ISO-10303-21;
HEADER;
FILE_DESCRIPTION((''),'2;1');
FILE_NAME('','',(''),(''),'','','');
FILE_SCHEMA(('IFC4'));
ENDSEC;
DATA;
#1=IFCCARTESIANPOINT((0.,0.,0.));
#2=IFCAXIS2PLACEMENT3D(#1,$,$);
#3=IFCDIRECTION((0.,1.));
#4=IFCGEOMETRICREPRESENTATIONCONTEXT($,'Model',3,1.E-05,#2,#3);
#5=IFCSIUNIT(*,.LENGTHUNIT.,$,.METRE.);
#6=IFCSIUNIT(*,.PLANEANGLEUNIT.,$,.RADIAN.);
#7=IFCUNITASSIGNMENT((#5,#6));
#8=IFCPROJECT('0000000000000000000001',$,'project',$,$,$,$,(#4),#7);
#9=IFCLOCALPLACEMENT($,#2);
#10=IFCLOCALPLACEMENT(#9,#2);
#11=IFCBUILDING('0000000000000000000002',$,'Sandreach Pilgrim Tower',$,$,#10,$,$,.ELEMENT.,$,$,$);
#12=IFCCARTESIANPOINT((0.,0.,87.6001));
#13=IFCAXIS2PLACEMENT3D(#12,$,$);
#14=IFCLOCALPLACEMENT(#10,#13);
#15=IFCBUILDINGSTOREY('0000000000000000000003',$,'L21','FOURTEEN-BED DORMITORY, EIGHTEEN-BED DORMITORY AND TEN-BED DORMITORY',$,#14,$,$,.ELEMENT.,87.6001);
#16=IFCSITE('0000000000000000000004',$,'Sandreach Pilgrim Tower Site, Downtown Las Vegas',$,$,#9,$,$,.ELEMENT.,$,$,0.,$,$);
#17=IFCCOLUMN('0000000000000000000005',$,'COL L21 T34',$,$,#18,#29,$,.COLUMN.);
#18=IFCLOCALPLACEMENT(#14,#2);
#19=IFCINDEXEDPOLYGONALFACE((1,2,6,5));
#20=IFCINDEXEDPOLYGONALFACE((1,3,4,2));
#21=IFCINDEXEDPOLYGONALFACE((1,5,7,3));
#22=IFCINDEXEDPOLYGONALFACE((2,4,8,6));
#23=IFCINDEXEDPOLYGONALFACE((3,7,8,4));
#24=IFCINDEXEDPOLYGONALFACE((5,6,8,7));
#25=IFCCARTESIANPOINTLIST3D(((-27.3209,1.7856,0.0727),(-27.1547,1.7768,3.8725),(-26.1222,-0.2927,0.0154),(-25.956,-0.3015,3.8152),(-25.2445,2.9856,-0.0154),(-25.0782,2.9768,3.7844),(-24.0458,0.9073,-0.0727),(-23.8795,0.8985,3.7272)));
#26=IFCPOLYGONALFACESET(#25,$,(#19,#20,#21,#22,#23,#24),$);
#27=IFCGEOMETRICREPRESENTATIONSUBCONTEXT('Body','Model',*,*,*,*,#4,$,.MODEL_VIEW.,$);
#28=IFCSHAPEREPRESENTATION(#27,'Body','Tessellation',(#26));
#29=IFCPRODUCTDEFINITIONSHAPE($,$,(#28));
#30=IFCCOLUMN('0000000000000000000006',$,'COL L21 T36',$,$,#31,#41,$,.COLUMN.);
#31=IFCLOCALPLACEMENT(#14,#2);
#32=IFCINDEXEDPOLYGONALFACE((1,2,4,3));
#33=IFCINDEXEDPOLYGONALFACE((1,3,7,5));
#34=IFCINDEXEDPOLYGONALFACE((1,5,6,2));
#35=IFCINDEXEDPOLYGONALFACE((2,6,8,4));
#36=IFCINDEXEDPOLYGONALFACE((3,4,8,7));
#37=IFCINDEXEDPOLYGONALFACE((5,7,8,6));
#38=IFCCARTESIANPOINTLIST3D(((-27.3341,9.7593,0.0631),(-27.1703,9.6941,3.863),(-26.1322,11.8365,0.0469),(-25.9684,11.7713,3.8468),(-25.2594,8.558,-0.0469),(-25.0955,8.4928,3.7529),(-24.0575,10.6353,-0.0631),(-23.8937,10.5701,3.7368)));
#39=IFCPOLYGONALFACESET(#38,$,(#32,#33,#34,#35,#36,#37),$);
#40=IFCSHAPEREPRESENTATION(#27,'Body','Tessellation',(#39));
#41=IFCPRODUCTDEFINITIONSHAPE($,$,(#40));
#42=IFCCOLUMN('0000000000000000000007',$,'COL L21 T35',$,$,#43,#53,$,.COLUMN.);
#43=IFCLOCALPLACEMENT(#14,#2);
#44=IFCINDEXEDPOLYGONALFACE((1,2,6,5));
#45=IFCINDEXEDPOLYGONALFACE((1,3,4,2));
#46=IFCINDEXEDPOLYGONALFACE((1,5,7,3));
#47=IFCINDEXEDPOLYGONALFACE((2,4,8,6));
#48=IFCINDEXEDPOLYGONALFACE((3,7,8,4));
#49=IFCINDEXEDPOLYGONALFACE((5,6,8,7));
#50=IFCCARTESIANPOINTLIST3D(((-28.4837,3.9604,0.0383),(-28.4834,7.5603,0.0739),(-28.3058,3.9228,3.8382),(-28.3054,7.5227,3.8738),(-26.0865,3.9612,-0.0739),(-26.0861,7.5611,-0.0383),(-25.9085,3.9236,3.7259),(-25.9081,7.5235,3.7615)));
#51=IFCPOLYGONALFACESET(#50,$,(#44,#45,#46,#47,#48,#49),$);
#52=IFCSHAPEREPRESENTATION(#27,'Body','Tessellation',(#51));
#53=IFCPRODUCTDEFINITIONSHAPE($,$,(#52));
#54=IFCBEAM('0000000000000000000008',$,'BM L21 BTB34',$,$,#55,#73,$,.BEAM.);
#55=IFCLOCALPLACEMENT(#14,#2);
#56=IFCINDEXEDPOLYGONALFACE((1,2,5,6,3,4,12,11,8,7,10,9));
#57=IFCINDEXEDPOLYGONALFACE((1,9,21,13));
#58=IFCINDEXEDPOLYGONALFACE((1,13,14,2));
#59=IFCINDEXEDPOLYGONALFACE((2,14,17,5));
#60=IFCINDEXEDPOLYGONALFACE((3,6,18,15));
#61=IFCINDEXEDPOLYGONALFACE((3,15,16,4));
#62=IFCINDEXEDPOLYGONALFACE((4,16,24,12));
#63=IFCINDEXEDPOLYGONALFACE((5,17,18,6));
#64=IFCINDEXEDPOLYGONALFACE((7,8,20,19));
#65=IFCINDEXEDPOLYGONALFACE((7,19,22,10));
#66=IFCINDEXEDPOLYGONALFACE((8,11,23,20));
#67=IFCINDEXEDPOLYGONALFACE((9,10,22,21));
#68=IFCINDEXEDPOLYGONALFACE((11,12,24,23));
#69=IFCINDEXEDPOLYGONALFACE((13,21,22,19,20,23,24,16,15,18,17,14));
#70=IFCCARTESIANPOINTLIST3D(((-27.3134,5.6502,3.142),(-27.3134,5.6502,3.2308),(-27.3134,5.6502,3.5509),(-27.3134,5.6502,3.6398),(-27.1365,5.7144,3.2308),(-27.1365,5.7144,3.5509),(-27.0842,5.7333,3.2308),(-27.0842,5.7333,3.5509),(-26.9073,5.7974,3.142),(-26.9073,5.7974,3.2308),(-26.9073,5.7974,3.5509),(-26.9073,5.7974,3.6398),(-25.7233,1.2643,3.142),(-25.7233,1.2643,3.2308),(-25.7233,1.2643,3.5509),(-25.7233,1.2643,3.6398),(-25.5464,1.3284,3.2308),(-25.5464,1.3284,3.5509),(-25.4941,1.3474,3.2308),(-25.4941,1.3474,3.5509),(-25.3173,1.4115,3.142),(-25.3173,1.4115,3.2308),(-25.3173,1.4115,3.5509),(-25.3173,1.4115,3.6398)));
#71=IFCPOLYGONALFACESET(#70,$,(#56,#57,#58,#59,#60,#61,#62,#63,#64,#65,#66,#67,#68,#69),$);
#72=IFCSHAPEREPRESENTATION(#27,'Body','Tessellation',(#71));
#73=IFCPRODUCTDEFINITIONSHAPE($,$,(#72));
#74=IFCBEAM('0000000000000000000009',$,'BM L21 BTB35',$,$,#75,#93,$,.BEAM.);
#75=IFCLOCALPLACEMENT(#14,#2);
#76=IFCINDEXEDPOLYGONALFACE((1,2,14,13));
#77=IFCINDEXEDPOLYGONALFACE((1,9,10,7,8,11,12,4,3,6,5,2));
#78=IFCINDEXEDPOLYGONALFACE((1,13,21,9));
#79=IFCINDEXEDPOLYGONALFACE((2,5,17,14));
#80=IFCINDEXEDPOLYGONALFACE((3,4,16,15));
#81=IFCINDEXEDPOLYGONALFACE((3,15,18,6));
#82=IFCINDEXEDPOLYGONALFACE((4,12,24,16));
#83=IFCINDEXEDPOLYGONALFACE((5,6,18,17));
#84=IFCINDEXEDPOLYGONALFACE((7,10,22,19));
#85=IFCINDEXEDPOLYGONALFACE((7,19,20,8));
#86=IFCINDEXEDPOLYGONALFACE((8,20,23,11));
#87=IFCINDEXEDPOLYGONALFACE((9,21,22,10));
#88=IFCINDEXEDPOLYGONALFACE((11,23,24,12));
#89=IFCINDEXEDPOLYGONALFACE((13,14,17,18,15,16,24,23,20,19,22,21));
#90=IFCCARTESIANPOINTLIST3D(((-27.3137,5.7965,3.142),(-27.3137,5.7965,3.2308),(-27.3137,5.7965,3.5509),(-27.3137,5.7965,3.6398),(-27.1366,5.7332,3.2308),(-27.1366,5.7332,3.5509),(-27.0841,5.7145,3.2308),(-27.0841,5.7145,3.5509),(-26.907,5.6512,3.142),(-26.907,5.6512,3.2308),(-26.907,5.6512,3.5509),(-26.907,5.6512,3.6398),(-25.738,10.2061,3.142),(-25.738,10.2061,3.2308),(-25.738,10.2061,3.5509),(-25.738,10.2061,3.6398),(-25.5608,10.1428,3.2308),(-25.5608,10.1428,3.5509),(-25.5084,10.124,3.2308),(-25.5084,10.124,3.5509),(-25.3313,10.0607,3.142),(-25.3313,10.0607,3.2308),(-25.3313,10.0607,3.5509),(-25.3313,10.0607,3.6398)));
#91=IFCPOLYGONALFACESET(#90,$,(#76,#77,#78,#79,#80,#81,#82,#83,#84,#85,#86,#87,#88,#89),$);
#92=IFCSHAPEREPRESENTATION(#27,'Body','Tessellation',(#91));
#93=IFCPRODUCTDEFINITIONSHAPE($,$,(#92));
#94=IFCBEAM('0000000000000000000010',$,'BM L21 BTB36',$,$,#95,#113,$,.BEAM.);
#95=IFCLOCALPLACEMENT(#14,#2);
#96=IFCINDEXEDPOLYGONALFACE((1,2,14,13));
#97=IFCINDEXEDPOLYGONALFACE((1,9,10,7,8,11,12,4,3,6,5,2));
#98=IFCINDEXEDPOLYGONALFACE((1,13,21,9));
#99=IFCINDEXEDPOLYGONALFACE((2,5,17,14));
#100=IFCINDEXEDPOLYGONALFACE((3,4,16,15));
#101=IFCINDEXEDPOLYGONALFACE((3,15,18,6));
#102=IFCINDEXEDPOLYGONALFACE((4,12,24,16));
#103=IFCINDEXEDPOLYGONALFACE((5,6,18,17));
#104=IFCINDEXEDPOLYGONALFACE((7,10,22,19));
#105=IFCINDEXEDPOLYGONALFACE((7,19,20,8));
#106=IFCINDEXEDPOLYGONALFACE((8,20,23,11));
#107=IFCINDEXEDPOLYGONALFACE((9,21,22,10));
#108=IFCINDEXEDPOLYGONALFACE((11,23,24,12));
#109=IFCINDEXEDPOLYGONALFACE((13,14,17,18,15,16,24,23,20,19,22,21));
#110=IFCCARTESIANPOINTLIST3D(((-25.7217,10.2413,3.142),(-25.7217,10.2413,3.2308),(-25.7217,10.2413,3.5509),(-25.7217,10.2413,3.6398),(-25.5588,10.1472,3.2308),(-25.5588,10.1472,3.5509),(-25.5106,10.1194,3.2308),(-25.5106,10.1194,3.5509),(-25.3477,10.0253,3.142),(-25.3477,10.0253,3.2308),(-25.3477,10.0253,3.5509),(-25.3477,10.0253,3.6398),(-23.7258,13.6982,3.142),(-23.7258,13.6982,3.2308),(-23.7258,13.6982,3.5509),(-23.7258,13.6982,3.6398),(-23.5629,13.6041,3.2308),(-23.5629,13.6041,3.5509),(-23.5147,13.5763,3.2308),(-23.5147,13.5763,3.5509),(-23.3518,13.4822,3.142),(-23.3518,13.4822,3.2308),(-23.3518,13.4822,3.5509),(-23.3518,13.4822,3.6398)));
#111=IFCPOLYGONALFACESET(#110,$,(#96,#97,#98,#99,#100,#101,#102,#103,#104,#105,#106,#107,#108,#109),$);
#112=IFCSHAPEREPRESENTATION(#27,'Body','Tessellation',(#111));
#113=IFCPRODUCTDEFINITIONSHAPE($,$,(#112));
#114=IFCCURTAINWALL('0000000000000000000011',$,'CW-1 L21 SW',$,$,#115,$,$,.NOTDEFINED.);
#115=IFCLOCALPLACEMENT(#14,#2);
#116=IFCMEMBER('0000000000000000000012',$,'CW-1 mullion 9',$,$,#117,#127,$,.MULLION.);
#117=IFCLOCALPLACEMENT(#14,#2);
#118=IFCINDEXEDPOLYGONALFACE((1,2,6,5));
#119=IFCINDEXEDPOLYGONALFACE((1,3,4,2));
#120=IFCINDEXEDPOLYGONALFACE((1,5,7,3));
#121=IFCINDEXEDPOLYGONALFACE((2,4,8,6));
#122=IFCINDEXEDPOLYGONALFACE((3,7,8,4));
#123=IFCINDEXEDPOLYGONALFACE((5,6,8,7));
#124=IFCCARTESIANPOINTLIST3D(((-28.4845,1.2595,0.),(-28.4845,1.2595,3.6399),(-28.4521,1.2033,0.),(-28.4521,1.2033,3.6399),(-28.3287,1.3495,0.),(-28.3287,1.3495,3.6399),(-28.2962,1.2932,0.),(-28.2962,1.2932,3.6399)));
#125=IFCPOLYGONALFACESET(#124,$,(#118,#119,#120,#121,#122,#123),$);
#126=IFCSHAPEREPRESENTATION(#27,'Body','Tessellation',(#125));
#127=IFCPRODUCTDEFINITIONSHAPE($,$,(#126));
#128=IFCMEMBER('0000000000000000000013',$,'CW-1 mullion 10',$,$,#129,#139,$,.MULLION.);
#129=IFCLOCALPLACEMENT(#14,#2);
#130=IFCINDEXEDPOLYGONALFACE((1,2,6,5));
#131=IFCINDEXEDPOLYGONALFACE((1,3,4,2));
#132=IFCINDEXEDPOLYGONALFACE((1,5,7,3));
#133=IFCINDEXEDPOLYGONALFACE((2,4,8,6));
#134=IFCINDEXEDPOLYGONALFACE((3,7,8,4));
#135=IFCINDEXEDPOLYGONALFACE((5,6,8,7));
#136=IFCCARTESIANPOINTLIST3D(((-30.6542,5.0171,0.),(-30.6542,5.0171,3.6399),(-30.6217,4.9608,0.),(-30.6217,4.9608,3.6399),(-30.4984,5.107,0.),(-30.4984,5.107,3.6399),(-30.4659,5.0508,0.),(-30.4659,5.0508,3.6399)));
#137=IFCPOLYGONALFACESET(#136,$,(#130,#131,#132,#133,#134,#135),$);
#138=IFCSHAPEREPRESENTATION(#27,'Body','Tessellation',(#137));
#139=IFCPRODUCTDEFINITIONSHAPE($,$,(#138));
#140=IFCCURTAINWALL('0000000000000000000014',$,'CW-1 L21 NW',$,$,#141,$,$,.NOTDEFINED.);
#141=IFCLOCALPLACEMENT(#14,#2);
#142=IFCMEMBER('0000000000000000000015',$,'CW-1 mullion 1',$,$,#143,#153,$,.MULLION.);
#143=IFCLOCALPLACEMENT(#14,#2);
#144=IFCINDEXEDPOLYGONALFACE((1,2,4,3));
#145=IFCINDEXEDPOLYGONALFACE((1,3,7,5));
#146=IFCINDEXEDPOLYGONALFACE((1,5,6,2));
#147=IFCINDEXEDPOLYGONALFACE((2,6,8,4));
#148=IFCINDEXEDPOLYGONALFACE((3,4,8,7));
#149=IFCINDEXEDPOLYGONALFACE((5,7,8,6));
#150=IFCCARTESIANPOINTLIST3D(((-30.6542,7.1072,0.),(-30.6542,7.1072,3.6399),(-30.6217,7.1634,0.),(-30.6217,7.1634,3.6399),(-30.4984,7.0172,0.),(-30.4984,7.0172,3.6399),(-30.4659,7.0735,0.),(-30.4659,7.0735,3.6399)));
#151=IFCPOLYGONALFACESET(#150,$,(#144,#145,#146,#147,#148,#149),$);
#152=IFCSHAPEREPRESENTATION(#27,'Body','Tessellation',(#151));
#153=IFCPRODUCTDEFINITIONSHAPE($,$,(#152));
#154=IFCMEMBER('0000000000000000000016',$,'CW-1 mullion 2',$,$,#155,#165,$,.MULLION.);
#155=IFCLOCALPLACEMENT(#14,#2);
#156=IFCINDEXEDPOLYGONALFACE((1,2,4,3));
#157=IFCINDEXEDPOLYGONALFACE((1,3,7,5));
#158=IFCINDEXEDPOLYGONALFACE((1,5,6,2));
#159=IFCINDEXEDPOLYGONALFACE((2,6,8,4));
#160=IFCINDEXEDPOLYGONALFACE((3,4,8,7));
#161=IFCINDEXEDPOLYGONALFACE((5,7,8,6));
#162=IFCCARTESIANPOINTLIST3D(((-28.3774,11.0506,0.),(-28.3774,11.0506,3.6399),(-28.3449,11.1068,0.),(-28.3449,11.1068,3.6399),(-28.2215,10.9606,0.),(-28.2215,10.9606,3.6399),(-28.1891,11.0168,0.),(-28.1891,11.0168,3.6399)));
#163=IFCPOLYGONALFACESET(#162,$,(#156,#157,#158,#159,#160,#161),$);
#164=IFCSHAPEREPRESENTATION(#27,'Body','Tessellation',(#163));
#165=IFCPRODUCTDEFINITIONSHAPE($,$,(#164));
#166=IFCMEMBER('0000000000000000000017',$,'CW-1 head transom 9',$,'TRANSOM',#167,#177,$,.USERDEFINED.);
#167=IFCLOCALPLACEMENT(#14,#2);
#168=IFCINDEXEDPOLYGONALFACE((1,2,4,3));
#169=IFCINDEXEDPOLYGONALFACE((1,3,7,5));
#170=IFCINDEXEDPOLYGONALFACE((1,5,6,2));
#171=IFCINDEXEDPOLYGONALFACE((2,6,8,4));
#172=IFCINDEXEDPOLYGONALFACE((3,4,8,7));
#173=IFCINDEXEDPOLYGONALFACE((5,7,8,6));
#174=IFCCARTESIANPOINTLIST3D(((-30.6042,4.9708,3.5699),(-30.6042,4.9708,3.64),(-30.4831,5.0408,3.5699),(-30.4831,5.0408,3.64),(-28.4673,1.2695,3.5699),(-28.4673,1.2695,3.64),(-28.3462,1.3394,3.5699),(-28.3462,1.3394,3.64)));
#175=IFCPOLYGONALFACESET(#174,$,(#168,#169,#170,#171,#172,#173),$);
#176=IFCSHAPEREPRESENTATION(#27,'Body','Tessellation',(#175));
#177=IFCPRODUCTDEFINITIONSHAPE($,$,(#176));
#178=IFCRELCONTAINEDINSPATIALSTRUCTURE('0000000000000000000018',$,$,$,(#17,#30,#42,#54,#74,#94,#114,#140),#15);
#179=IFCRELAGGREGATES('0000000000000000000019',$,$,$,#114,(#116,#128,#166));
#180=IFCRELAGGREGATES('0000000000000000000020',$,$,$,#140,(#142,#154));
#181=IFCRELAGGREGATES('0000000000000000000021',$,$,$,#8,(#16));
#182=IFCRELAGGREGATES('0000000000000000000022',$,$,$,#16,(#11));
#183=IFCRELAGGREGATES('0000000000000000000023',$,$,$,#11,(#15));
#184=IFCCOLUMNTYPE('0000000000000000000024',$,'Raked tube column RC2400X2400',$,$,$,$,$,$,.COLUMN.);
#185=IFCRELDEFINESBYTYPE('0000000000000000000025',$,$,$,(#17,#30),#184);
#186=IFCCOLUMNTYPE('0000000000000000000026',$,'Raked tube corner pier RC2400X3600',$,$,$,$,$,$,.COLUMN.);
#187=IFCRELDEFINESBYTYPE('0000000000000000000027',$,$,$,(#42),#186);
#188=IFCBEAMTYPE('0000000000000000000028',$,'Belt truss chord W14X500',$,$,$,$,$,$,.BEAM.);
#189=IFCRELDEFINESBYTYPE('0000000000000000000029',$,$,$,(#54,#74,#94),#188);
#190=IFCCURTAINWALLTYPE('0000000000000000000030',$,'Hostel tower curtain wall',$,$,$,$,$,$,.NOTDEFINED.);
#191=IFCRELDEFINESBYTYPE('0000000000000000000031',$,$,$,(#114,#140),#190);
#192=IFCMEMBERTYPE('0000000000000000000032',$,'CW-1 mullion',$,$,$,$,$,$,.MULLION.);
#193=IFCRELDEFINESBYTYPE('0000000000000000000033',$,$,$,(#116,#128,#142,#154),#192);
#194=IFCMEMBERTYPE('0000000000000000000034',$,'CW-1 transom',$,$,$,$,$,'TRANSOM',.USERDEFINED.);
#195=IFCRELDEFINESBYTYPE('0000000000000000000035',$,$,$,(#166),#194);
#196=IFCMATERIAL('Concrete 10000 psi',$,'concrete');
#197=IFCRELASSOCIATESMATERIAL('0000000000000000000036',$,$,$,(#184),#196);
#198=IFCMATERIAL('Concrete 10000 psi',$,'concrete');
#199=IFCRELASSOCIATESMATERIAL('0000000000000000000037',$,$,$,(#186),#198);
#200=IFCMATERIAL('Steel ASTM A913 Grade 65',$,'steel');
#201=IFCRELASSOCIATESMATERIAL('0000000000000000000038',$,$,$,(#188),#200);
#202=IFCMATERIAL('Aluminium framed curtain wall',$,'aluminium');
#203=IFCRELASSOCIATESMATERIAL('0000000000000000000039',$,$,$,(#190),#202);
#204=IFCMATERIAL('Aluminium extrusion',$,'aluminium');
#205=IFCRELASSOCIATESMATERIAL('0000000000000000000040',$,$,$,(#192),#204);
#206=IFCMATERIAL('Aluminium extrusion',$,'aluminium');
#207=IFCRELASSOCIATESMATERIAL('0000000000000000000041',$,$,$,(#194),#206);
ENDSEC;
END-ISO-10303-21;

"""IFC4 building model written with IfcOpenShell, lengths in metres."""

from ifc_helpers import new_model, si_unit, direction, frame, origin, origin_2d, place, context, subcontext, project, spatial, rectangle, i_section, extrude, material, material_profile, profile_set, type_object, element, aggregate, save


model = new_model("IFC4")

# Units and contexts
model_context = context("Model", 3, precision=1e-05, world=origin(), true_north=direction((0.0, 1.0)))
body_context = subcontext(model_context, "Body", "Model", "MODEL_VIEW")
ifc_project = project(units=[si_unit("LENGTHUNIT", "METRE"), si_unit("PLANEANGLEUNIT", "RADIAN")], contexts=[model_context])

# Site, building, storey
site_placement = place(None, origin())
site = spatial("IfcSite", under=ifc_project, at=site_placement, Name="Sandreach Pilgrim Tower Site, Downtown Las Vegas", CompositionType="ELEMENT", RefElevation=0.0)
building_placement = place(site_placement, origin())
building = spatial("IfcBuilding", under=site, at=building_placement, Name="Sandreach Pilgrim Tower", CompositionType="ELEMENT")
storey_placement = place(building_placement, frame((0.0, 0.0, 87.6001)))
storey = spatial("IfcBuildingStorey", under=building, at=storey_placement, Name="L21", Description="FOURTEEN-BED DORMITORY, EIGHTEEN-BED DORMITORY AND TEN-BED DORMITORY", CompositionType="ELEMENT", Elevation=87.6001)

# Columns
ifc_material_1 = material(Name="Concrete 10000 psi", Category="concrete")
ifc_material_profile_1 = material_profile(ifc_material_1, rectangle(XDim=2.3999, YDim=2.3999, at=origin_2d()), Name="RC2400X2400")
ifc_profile_set_1 = profile_set([ifc_material_profile_1], Name="Concrete 10000 psi")
column_type_1 = type_object("IfcColumnType", Name="Raked tube column RC2400X2400", PredefinedType="COLUMN", material=ifc_profile_set_1)
column_1_placement = place(storey_placement, frame((-25.6833, 1.3464, 0.0), z_axis=(0.043713, -0.002311, 0.999041), x_axis=(-0.865223, -0.500041, 0.036701)))
element("IfcColumn", 1, at=column_1_placement, inside=storey, type_object=column_type_1, Name="COL L21 T34", PredefinedType="COLUMN", context=body_context, shape_type="SweptSolid", body=[
    extrude(rectangle(XDim=2.3999, YDim=2.3999, at=origin_2d()), origin(), (0.0, 0.0, 1.0), 3.8035),
])
column_2_placement = place(storey_placement, frame((-25.6958, 10.1973, 0.0), z_axis=(0.043066, -0.017137, 0.998925), x_axis=(-0.864498, 0.500541, 0.045857)))
element("IfcColumn", 2, at=column_2_placement, inside=storey, type_object=column_type_1, Name="COL L21 T36", PredefinedType="COLUMN", context=body_context, shape_type="SweptSolid", body=[
    extrude(rectangle(XDim=2.3999, YDim=2.3999, at=origin_2d()), origin(), (0.0, 0.0, 1.0), 3.804),
])
ifc_material_2 = material(Name="Concrete 10000 psi", Category="concrete")
ifc_material_profile_2 = material_profile(ifc_material_2, rectangle(XDim=2.3999, YDim=3.6001, at=origin_2d()), Name="RC2400X3600")
ifc_profile_set_2 = profile_set([ifc_material_profile_2], Name="Concrete 10000 psi")
column_type_2 = type_object("IfcColumnType", Name="Raked tube corner pier RC2400X3600", PredefinedType="COLUMN", material=ifc_profile_set_2)
column_3_placement = place(storey_placement, frame((-27.2849, 5.7607, 0.0), z_axis=(0.046785, -0.009883, 0.998856), x_axis=(-0.998905, -0.000352, 0.046784)))
element("IfcColumn", 3, at=column_3_placement, inside=storey, type_object=column_type_2, Name="COL L21 T35", PredefinedType="COLUMN", context=body_context, shape_type="SweptSolid", body=[
    extrude(rectangle(XDim=2.3999, YDim=3.6001, at=origin_2d()), origin(), (0.0, 0.0, 1.0), 3.8042),
])

# Beams
ifc_material_3 = material(Name="Steel ASTM A913 Grade 65", Category="steel")
ifc_material_profile_3 = material_profile(ifc_material_3, i_section(OverallWidth=0.4319, OverallDepth=0.4978, WebThickness=0.0557, FlangeThickness=0.0889, at=origin_2d()), Name="W14X500")
ifc_profile_set_3 = profile_set([ifc_material_profile_3], Name="Steel ASTM A913 Grade 65")
beam_type_1 = type_object("IfcBeamType", Name="Belt truss chord W14X500", PredefinedType="BEAM", material=ifc_profile_set_3)
beam_1_placement = place(storey_placement, frame((-25.5203, 1.3379, 3.3909), z_axis=(-0.340831, 0.940125, 0.0), x_axis=(-0.940125, -0.340831, 0.0)))
element("IfcBeam", 4, at=beam_1_placement, inside=storey, type_object=beam_type_1, Name="BM L21 BTB34", PredefinedType="BEAM", context=body_context, shape_type="SweptSolid", body=[
    extrude(i_section(OverallWidth=0.4319, OverallDepth=0.4978, WebThickness=0.0557, FlangeThickness=0.0889, at=origin_2d()), origin(), (0.0, 0.0, 1.0), 4.6653),
])
beam_2_placement = place(storey_placement, frame((-27.1104, 5.7239, 3.3909), z_axis=(0.336505, 0.941682, 0.0), x_axis=(-0.941682, 0.336505, 0.0)))
element("IfcBeam", 5, at=beam_2_placement, inside=storey, type_object=beam_type_1, Name="BM L21 BTB35", PredefinedType="BEAM", context=body_context, shape_type="SweptSolid", body=[
    extrude(i_section(OverallWidth=0.4319, OverallDepth=0.4978, WebThickness=0.0557, FlangeThickness=0.0889, at=origin_2d()), origin(), (0.0, 0.0, 1.0), 4.6826),
])
beam_3_placement = place(storey_placement, frame((-25.5347, 10.1333, 3.3909), z_axis=(0.500014, 0.866018, 0.0), x_axis=(-0.866018, 0.500014, 0.0)))
element("IfcBeam", 6, at=beam_3_placement, inside=storey, type_object=beam_type_1, Name="BM L21 BTB36", PredefinedType="BEAM", context=body_context, shape_type="SweptSolid", body=[
    extrude(i_section(OverallWidth=0.4319, OverallDepth=0.4978, WebThickness=0.0557, FlangeThickness=0.0889, at=origin_2d()), origin(), (0.0, 0.0, 1.0), 3.9917),
])

# Curtain walls, members
ifc_material_4 = material(Name="Aluminium framed curtain wall", Category="aluminium")
curtain_wall_type = type_object("IfcCurtainWallType", Name="Hostel tower curtain wall", PredefinedType="NOTDEFINED", material=ifc_material_4)
curtain_wall_1_placement = place(storey_placement, origin())
curtain_wall_1 = element("IfcCurtainWall", 7, at=curtain_wall_1_placement, inside=storey, type_object=curtain_wall_type, Name="CW-1 L21 SW", PredefinedType="NOTDEFINED")
ifc_material_5 = material(Name="Aluminium extrusion", Category="aluminium")
ifc_material_profile_4 = material_profile(ifc_material_5, rectangle(XDim=0.0649, YDim=0.1799, at=origin_2d()), Name="CW-1M 65X180")
ifc_profile_set_4 = profile_set([ifc_material_profile_4], Name="Aluminium extrusion")
member_type_1 = type_object("IfcMemberType", Name="CW-1 mullion", PredefinedType="MULLION", material=ifc_profile_set_4)
member_1_placement = place(storey_placement, frame((-28.3904, 1.2764, 0.0), z_axis=(0.0, 0.0, 1.0), x_axis=(-0.5, 0.866025, 0.0)))
member_1 = element("IfcMember", 8, at=member_1_placement, type_object=member_type_1, Name="CW-1 mullion 9", PredefinedType="MULLION", context=body_context, shape_type="SweptSolid", body=[
    extrude(rectangle(XDim=0.0649, YDim=0.1799, at=origin_2d()), origin(), (0.0, 0.0, 1.0), 3.6399),
])
member_2_placement = place(storey_placement, frame((-30.5601, 5.0339, 0.0), z_axis=(0.0, 0.0, 1.0), x_axis=(-0.5, 0.866025, 0.0)))
member_2 = element("IfcMember", 9, at=member_2_placement, type_object=member_type_1, Name="CW-1 mullion 10", PredefinedType="MULLION", context=body_context, shape_type="SweptSolid", body=[
    extrude(rectangle(XDim=0.0649, YDim=0.1799, at=origin_2d()), origin(), (0.0, 0.0, 1.0), 3.6399),
])
curtain_wall_2_placement = place(storey_placement, origin())
curtain_wall_2 = element("IfcCurtainWall", 10, at=curtain_wall_2_placement, inside=storey, type_object=curtain_wall_type, Name="CW-1 L21 NW", PredefinedType="NOTDEFINED")
member_3_placement = place(storey_placement, frame((-30.5601, 7.0903, 0.0), z_axis=(0.0, 0.0, 1.0), x_axis=(0.5, 0.866025, 0.0)))
member_3 = element("IfcMember", 11, at=member_3_placement, type_object=member_type_1, Name="CW-1 mullion 1", PredefinedType="MULLION", context=body_context, shape_type="SweptSolid", body=[
    extrude(rectangle(XDim=0.0649, YDim=0.1799, at=origin_2d()), origin(), (0.0, 0.0, 1.0), 3.6399),
])
member_4_placement = place(storey_placement, frame((-28.2832, 11.0337, 0.0), z_axis=(0.0, 0.0, 1.0), x_axis=(0.5, 0.866025, 0.0)))
member_4 = element("IfcMember", 12, at=member_4_placement, type_object=member_type_1, Name="CW-1 mullion 2", PredefinedType="MULLION", context=body_context, shape_type="SweptSolid", body=[
    extrude(rectangle(XDim=0.0649, YDim=0.1799, at=origin_2d()), origin(), (0.0, 0.0, 1.0), 3.6399),
])

# Member
ifc_material_6 = material(Name="Aluminium extrusion", Category="aluminium")
ifc_material_profile_5 = material_profile(ifc_material_6, rectangle(XDim=0.1399, YDim=0.0701, at=origin_2d()), Name="CW-1T 140X70")
ifc_profile_set_5 = profile_set([ifc_material_profile_5], Name="Aluminium extrusion")
member_type_2 = type_object("IfcMemberType", Name="CW-1 transom", ElementType="TRANSOM", PredefinedType="USERDEFINED", material=ifc_profile_set_5)
member_5_placement = place(storey_placement, frame((-28.4067, 1.3044, 3.605), z_axis=(-0.499991, 0.866031, 0.0), x_axis=(-0.866031, -0.499991, 0.0)))
member_5 = element("IfcMember", 13, at=member_5_placement, type_object=member_type_2, Name="CW-1 head transom 9", ObjectType="TRANSOM", PredefinedType="USERDEFINED", context=body_context, shape_type="SweptSolid", body=[
    extrude(rectangle(XDim=0.1399, YDim=0.0701, at=origin_2d()), origin(), (0.0, 0.0, 1.0), 4.2739),
])

aggregate(curtain_wall_1, [member_1, member_2, member_5])
aggregate(curtain_wall_2, [member_3, member_4])

save(model, "model.ifc")
